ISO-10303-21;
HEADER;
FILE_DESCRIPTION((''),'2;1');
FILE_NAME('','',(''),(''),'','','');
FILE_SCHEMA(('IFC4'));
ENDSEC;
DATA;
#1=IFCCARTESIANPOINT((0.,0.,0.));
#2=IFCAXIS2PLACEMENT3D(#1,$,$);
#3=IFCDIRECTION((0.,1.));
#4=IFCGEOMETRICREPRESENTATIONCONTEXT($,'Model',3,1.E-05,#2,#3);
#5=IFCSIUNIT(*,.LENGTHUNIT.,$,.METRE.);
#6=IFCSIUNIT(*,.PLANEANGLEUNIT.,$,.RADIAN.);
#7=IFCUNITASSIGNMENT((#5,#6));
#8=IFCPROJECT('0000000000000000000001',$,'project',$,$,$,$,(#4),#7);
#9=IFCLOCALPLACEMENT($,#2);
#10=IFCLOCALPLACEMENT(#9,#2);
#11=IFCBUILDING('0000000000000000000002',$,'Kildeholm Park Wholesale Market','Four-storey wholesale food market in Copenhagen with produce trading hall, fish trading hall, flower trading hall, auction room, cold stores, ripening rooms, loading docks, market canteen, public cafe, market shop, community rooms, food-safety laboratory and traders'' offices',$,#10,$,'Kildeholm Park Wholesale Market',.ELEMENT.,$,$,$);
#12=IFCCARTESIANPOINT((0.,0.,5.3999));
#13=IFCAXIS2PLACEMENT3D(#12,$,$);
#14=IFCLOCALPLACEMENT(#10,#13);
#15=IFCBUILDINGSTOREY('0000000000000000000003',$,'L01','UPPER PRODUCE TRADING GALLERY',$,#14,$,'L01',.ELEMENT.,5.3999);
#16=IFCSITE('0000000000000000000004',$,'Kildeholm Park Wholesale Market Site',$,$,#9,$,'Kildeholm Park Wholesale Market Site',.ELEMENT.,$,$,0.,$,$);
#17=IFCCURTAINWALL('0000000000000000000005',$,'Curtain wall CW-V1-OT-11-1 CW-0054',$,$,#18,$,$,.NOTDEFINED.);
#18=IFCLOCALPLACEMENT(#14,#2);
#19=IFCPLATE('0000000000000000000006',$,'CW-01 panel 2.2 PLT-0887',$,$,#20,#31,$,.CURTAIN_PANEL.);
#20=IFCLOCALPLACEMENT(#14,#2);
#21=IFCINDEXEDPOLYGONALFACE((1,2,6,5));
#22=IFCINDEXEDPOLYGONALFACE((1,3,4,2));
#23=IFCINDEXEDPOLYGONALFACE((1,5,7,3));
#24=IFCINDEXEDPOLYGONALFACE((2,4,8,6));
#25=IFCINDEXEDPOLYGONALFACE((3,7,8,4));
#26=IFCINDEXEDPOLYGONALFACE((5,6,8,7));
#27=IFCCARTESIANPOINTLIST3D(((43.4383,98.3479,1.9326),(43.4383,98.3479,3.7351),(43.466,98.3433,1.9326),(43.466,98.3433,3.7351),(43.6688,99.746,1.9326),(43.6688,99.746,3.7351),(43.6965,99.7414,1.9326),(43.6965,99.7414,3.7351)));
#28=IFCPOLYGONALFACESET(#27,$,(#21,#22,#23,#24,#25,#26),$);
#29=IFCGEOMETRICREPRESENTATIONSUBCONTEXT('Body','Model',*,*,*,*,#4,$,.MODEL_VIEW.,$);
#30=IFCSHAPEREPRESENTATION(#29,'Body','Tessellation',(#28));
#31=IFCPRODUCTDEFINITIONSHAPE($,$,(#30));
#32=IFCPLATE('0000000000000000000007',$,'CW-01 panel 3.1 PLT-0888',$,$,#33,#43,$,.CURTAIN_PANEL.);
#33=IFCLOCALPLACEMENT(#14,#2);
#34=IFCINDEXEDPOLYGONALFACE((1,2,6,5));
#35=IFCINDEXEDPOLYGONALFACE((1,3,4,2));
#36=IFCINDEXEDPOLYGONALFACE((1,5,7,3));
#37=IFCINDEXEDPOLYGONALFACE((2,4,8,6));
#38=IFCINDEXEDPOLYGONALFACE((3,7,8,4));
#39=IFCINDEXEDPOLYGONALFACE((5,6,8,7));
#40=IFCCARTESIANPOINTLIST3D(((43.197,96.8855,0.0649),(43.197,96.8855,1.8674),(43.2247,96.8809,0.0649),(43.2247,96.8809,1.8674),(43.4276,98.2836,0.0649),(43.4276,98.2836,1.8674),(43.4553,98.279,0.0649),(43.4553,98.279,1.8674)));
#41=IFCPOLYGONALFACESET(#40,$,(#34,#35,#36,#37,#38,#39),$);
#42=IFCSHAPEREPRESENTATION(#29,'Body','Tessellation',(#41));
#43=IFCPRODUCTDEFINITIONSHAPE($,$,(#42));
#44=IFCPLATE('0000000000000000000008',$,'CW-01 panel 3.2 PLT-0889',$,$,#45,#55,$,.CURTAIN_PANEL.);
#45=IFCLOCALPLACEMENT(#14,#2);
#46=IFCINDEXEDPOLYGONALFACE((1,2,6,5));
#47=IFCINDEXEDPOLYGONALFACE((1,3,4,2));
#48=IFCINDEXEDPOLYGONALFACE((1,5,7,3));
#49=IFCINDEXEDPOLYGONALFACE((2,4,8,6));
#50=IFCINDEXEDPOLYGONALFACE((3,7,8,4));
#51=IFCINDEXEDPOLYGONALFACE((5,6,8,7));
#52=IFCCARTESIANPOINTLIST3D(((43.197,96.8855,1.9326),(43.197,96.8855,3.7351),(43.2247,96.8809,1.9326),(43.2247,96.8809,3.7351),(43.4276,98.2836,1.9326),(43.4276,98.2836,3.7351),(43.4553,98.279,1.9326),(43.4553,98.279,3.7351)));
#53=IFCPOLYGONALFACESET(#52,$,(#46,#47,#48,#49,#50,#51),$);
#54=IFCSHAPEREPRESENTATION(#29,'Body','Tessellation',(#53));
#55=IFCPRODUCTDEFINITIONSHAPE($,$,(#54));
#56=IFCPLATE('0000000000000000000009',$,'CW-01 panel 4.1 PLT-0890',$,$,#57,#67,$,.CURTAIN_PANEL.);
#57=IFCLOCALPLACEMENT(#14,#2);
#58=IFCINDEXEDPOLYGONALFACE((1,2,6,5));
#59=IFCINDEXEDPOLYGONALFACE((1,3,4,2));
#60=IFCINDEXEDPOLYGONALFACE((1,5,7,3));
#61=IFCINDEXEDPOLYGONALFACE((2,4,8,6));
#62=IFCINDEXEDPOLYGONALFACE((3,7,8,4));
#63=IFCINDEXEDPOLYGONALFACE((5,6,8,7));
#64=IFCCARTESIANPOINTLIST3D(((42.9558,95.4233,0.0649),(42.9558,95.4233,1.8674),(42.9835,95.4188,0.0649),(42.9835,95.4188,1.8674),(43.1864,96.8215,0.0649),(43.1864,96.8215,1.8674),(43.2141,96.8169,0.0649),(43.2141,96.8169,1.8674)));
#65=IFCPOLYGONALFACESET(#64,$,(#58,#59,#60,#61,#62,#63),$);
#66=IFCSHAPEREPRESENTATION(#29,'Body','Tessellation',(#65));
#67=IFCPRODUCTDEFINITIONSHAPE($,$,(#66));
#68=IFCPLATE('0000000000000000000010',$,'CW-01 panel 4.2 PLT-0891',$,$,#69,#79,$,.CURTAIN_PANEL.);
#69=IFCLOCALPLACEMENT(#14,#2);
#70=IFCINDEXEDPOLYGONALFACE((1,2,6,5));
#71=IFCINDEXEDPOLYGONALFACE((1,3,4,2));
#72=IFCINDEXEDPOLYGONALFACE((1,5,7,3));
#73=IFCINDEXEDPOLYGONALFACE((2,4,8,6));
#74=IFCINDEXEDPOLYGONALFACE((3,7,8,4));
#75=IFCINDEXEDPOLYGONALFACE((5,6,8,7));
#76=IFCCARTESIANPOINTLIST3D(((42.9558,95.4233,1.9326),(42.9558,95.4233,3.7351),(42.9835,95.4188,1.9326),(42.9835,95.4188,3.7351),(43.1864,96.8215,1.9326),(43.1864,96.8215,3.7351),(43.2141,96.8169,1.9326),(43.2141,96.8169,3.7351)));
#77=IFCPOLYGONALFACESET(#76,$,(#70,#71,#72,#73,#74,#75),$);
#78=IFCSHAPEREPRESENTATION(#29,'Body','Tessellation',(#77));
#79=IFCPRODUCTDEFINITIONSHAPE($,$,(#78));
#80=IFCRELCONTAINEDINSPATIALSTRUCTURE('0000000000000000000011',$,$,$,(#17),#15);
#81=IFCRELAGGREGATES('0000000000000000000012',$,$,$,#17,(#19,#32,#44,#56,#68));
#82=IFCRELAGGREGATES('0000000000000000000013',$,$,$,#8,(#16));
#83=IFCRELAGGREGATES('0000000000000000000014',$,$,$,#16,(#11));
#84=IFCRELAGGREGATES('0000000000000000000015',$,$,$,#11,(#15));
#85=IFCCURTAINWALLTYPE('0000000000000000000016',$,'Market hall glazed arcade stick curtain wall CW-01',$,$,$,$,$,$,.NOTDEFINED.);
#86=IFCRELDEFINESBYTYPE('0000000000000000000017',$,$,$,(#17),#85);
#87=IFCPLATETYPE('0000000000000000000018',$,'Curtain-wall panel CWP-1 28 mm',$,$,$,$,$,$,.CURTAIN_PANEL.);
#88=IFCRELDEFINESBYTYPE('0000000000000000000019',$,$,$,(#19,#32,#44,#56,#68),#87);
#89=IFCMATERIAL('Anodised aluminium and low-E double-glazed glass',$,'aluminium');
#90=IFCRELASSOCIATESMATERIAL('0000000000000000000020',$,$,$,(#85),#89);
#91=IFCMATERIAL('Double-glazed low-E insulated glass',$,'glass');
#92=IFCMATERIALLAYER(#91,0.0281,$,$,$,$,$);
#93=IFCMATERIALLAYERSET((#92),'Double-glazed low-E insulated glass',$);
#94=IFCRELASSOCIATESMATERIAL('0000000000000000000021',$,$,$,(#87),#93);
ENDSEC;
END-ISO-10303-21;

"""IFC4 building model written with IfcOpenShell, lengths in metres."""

from ifc_helpers import new_model, si_unit, direction, frame, origin, origin_2d, place, context, subcontext, project, spatial, rectangle, extrude, material, layer, layer_set, type_object, element, aggregate, save


model = new_model("IFC4")

# Units and contexts
model_context = context("Model", 3, precision=1e-05, world=origin(), true_north=direction((0.0, 1.0)))
body_context = subcontext(model_context, "Body", "Model", "MODEL_VIEW")
ifc_project = project(units=[si_unit("LENGTHUNIT", "METRE"), si_unit("PLANEANGLEUNIT", "RADIAN")], contexts=[model_context])

# Site, building, storey
site_placement = place(None, origin())
site = spatial("IfcSite", under=ifc_project, at=site_placement, Name="Kildeholm Park Wholesale Market Site", LongName="Kildeholm Park Wholesale Market Site", CompositionType="ELEMENT", RefElevation=0.0)
building_placement = place(site_placement, origin())
building = spatial("IfcBuilding", under=site, at=building_placement, Name="Kildeholm Park Wholesale Market", Description="Four-storey wholesale food market in Copenhagen with produce trading hall, fish trading hall, flower trading hall, auction room, cold stores, ripening rooms, loading docks, market canteen, public cafe, market shop, community rooms, food-safety laboratory and traders' offices", LongName="Kildeholm Park Wholesale Market", CompositionType="ELEMENT")
storey_placement = place(building_placement, frame((0.0, 0.0, 5.3999)))
storey = spatial("IfcBuildingStorey", under=building, at=storey_placement, Name="L01", Description="UPPER PRODUCE TRADING GALLERY", LongName="L01", CompositionType="ELEMENT", Elevation=5.3999)

# Curtain wall
ifc_material_1 = material(Name="Anodised aluminium and low-E double-glazed glass", Category="aluminium")
curtain_wall_type = type_object("IfcCurtainWallType", Name="Market hall glazed arcade stick curtain wall CW-01", PredefinedType="NOTDEFINED", material=ifc_material_1)
curtain_wall_1_placement = place(storey_placement, origin())
curtain_wall_1 = element("IfcCurtainWall", 1, at=curtain_wall_1_placement, inside=storey, type_object=curtain_wall_type, Name="Curtain wall CW-V1-OT-11-1 CW-0054", PredefinedType="NOTDEFINED")

# Plates
ifc_material_2 = material(Name="Double-glazed low-E insulated glass", Category="glass")
ifc_layer = layer(ifc_material_2, 0.0281)
ifc_layer_set = layer_set([ifc_layer], Name="Double-glazed low-E insulated glass")
plate_type = type_object("IfcPlateType", Name="Curtain-wall panel CWP-1 28 mm", PredefinedType="CURTAIN_PANEL", material=ifc_layer_set)
plate_1_placement = place(storey_placement, frame((43.5674, 99.0447, 1.9326), z_axis=(0.0, 0.0, 1.0), x_axis=(-0.162703, -0.986675, 0.0)))
plate_1 = element("IfcPlate", 2, at=plate_1_placement, type_object=plate_type, Name="CW-01 panel 2.2 PLT-0887", PredefinedType="CURTAIN_PANEL", context=body_context, shape_type="SweptSolid", body=[
    extrude(rectangle(XDim=1.417, YDim=0.0281, at=origin_2d()), origin(), (0.0, 0.0, 1.0), 1.8025),
])
plate_2_placement = place(storey_placement, frame((43.3262, 97.5823, 0.0649), z_axis=(0.0, 0.0, 1.0), x_axis=(-0.162703, -0.986675, 0.0)))
plate_2 = element("IfcPlate", 3, at=plate_2_placement, type_object=plate_type, Name="CW-01 panel 3.1 PLT-0888", PredefinedType="CURTAIN_PANEL", context=body_context, shape_type="SweptSolid", body=[
    extrude(rectangle(XDim=1.417, YDim=0.0281, at=origin_2d()), origin(), (0.0, 0.0, 1.0), 1.8025),
])
plate_3_placement = place(storey_placement, frame((43.3262, 97.5823, 1.9326), z_axis=(0.0, 0.0, 1.0), x_axis=(-0.162703, -0.986675, 0.0)))
plate_3 = element("IfcPlate", 4, at=plate_3_placement, type_object=plate_type, Name="CW-01 panel 3.2 PLT-0889", PredefinedType="CURTAIN_PANEL", context=body_context, shape_type="SweptSolid", body=[
    extrude(rectangle(XDim=1.417, YDim=0.0281, at=origin_2d()), origin(), (0.0, 0.0, 1.0), 1.8025),
])
plate_4_placement = place(storey_placement, frame((43.085, 96.1201, 0.0649), z_axis=(0.0, 0.0, 1.0), x_axis=(-0.162703, -0.986675, 0.0)))
plate_4 = element("IfcPlate", 5, at=plate_4_placement, type_object=plate_type, Name="CW-01 panel 4.1 PLT-0890", PredefinedType="CURTAIN_PANEL", context=body_context, shape_type="SweptSolid", body=[
    extrude(rectangle(XDim=1.417, YDim=0.0281, at=origin_2d()), origin(), (0.0, 0.0, 1.0), 1.8025),
])
plate_5_placement = place(storey_placement, frame((43.085, 96.1201, 1.9326), z_axis=(0.0, 0.0, 1.0), x_axis=(-0.162703, -0.986675, 0.0)))
plate_5 = element("IfcPlate", 6, at=plate_5_placement, type_object=plate_type, Name="CW-01 panel 4.2 PLT-0891", PredefinedType="CURTAIN_PANEL", context=body_context, shape_type="SweptSolid", body=[
    extrude(rectangle(XDim=1.417, YDim=0.0281, at=origin_2d()), origin(), (0.0, 0.0, 1.0), 1.8025),
])
aggregate(curtain_wall_1, [plate_1, plate_2, plate_3, plate_4, plate_5])

save(model, "model.ifc")
